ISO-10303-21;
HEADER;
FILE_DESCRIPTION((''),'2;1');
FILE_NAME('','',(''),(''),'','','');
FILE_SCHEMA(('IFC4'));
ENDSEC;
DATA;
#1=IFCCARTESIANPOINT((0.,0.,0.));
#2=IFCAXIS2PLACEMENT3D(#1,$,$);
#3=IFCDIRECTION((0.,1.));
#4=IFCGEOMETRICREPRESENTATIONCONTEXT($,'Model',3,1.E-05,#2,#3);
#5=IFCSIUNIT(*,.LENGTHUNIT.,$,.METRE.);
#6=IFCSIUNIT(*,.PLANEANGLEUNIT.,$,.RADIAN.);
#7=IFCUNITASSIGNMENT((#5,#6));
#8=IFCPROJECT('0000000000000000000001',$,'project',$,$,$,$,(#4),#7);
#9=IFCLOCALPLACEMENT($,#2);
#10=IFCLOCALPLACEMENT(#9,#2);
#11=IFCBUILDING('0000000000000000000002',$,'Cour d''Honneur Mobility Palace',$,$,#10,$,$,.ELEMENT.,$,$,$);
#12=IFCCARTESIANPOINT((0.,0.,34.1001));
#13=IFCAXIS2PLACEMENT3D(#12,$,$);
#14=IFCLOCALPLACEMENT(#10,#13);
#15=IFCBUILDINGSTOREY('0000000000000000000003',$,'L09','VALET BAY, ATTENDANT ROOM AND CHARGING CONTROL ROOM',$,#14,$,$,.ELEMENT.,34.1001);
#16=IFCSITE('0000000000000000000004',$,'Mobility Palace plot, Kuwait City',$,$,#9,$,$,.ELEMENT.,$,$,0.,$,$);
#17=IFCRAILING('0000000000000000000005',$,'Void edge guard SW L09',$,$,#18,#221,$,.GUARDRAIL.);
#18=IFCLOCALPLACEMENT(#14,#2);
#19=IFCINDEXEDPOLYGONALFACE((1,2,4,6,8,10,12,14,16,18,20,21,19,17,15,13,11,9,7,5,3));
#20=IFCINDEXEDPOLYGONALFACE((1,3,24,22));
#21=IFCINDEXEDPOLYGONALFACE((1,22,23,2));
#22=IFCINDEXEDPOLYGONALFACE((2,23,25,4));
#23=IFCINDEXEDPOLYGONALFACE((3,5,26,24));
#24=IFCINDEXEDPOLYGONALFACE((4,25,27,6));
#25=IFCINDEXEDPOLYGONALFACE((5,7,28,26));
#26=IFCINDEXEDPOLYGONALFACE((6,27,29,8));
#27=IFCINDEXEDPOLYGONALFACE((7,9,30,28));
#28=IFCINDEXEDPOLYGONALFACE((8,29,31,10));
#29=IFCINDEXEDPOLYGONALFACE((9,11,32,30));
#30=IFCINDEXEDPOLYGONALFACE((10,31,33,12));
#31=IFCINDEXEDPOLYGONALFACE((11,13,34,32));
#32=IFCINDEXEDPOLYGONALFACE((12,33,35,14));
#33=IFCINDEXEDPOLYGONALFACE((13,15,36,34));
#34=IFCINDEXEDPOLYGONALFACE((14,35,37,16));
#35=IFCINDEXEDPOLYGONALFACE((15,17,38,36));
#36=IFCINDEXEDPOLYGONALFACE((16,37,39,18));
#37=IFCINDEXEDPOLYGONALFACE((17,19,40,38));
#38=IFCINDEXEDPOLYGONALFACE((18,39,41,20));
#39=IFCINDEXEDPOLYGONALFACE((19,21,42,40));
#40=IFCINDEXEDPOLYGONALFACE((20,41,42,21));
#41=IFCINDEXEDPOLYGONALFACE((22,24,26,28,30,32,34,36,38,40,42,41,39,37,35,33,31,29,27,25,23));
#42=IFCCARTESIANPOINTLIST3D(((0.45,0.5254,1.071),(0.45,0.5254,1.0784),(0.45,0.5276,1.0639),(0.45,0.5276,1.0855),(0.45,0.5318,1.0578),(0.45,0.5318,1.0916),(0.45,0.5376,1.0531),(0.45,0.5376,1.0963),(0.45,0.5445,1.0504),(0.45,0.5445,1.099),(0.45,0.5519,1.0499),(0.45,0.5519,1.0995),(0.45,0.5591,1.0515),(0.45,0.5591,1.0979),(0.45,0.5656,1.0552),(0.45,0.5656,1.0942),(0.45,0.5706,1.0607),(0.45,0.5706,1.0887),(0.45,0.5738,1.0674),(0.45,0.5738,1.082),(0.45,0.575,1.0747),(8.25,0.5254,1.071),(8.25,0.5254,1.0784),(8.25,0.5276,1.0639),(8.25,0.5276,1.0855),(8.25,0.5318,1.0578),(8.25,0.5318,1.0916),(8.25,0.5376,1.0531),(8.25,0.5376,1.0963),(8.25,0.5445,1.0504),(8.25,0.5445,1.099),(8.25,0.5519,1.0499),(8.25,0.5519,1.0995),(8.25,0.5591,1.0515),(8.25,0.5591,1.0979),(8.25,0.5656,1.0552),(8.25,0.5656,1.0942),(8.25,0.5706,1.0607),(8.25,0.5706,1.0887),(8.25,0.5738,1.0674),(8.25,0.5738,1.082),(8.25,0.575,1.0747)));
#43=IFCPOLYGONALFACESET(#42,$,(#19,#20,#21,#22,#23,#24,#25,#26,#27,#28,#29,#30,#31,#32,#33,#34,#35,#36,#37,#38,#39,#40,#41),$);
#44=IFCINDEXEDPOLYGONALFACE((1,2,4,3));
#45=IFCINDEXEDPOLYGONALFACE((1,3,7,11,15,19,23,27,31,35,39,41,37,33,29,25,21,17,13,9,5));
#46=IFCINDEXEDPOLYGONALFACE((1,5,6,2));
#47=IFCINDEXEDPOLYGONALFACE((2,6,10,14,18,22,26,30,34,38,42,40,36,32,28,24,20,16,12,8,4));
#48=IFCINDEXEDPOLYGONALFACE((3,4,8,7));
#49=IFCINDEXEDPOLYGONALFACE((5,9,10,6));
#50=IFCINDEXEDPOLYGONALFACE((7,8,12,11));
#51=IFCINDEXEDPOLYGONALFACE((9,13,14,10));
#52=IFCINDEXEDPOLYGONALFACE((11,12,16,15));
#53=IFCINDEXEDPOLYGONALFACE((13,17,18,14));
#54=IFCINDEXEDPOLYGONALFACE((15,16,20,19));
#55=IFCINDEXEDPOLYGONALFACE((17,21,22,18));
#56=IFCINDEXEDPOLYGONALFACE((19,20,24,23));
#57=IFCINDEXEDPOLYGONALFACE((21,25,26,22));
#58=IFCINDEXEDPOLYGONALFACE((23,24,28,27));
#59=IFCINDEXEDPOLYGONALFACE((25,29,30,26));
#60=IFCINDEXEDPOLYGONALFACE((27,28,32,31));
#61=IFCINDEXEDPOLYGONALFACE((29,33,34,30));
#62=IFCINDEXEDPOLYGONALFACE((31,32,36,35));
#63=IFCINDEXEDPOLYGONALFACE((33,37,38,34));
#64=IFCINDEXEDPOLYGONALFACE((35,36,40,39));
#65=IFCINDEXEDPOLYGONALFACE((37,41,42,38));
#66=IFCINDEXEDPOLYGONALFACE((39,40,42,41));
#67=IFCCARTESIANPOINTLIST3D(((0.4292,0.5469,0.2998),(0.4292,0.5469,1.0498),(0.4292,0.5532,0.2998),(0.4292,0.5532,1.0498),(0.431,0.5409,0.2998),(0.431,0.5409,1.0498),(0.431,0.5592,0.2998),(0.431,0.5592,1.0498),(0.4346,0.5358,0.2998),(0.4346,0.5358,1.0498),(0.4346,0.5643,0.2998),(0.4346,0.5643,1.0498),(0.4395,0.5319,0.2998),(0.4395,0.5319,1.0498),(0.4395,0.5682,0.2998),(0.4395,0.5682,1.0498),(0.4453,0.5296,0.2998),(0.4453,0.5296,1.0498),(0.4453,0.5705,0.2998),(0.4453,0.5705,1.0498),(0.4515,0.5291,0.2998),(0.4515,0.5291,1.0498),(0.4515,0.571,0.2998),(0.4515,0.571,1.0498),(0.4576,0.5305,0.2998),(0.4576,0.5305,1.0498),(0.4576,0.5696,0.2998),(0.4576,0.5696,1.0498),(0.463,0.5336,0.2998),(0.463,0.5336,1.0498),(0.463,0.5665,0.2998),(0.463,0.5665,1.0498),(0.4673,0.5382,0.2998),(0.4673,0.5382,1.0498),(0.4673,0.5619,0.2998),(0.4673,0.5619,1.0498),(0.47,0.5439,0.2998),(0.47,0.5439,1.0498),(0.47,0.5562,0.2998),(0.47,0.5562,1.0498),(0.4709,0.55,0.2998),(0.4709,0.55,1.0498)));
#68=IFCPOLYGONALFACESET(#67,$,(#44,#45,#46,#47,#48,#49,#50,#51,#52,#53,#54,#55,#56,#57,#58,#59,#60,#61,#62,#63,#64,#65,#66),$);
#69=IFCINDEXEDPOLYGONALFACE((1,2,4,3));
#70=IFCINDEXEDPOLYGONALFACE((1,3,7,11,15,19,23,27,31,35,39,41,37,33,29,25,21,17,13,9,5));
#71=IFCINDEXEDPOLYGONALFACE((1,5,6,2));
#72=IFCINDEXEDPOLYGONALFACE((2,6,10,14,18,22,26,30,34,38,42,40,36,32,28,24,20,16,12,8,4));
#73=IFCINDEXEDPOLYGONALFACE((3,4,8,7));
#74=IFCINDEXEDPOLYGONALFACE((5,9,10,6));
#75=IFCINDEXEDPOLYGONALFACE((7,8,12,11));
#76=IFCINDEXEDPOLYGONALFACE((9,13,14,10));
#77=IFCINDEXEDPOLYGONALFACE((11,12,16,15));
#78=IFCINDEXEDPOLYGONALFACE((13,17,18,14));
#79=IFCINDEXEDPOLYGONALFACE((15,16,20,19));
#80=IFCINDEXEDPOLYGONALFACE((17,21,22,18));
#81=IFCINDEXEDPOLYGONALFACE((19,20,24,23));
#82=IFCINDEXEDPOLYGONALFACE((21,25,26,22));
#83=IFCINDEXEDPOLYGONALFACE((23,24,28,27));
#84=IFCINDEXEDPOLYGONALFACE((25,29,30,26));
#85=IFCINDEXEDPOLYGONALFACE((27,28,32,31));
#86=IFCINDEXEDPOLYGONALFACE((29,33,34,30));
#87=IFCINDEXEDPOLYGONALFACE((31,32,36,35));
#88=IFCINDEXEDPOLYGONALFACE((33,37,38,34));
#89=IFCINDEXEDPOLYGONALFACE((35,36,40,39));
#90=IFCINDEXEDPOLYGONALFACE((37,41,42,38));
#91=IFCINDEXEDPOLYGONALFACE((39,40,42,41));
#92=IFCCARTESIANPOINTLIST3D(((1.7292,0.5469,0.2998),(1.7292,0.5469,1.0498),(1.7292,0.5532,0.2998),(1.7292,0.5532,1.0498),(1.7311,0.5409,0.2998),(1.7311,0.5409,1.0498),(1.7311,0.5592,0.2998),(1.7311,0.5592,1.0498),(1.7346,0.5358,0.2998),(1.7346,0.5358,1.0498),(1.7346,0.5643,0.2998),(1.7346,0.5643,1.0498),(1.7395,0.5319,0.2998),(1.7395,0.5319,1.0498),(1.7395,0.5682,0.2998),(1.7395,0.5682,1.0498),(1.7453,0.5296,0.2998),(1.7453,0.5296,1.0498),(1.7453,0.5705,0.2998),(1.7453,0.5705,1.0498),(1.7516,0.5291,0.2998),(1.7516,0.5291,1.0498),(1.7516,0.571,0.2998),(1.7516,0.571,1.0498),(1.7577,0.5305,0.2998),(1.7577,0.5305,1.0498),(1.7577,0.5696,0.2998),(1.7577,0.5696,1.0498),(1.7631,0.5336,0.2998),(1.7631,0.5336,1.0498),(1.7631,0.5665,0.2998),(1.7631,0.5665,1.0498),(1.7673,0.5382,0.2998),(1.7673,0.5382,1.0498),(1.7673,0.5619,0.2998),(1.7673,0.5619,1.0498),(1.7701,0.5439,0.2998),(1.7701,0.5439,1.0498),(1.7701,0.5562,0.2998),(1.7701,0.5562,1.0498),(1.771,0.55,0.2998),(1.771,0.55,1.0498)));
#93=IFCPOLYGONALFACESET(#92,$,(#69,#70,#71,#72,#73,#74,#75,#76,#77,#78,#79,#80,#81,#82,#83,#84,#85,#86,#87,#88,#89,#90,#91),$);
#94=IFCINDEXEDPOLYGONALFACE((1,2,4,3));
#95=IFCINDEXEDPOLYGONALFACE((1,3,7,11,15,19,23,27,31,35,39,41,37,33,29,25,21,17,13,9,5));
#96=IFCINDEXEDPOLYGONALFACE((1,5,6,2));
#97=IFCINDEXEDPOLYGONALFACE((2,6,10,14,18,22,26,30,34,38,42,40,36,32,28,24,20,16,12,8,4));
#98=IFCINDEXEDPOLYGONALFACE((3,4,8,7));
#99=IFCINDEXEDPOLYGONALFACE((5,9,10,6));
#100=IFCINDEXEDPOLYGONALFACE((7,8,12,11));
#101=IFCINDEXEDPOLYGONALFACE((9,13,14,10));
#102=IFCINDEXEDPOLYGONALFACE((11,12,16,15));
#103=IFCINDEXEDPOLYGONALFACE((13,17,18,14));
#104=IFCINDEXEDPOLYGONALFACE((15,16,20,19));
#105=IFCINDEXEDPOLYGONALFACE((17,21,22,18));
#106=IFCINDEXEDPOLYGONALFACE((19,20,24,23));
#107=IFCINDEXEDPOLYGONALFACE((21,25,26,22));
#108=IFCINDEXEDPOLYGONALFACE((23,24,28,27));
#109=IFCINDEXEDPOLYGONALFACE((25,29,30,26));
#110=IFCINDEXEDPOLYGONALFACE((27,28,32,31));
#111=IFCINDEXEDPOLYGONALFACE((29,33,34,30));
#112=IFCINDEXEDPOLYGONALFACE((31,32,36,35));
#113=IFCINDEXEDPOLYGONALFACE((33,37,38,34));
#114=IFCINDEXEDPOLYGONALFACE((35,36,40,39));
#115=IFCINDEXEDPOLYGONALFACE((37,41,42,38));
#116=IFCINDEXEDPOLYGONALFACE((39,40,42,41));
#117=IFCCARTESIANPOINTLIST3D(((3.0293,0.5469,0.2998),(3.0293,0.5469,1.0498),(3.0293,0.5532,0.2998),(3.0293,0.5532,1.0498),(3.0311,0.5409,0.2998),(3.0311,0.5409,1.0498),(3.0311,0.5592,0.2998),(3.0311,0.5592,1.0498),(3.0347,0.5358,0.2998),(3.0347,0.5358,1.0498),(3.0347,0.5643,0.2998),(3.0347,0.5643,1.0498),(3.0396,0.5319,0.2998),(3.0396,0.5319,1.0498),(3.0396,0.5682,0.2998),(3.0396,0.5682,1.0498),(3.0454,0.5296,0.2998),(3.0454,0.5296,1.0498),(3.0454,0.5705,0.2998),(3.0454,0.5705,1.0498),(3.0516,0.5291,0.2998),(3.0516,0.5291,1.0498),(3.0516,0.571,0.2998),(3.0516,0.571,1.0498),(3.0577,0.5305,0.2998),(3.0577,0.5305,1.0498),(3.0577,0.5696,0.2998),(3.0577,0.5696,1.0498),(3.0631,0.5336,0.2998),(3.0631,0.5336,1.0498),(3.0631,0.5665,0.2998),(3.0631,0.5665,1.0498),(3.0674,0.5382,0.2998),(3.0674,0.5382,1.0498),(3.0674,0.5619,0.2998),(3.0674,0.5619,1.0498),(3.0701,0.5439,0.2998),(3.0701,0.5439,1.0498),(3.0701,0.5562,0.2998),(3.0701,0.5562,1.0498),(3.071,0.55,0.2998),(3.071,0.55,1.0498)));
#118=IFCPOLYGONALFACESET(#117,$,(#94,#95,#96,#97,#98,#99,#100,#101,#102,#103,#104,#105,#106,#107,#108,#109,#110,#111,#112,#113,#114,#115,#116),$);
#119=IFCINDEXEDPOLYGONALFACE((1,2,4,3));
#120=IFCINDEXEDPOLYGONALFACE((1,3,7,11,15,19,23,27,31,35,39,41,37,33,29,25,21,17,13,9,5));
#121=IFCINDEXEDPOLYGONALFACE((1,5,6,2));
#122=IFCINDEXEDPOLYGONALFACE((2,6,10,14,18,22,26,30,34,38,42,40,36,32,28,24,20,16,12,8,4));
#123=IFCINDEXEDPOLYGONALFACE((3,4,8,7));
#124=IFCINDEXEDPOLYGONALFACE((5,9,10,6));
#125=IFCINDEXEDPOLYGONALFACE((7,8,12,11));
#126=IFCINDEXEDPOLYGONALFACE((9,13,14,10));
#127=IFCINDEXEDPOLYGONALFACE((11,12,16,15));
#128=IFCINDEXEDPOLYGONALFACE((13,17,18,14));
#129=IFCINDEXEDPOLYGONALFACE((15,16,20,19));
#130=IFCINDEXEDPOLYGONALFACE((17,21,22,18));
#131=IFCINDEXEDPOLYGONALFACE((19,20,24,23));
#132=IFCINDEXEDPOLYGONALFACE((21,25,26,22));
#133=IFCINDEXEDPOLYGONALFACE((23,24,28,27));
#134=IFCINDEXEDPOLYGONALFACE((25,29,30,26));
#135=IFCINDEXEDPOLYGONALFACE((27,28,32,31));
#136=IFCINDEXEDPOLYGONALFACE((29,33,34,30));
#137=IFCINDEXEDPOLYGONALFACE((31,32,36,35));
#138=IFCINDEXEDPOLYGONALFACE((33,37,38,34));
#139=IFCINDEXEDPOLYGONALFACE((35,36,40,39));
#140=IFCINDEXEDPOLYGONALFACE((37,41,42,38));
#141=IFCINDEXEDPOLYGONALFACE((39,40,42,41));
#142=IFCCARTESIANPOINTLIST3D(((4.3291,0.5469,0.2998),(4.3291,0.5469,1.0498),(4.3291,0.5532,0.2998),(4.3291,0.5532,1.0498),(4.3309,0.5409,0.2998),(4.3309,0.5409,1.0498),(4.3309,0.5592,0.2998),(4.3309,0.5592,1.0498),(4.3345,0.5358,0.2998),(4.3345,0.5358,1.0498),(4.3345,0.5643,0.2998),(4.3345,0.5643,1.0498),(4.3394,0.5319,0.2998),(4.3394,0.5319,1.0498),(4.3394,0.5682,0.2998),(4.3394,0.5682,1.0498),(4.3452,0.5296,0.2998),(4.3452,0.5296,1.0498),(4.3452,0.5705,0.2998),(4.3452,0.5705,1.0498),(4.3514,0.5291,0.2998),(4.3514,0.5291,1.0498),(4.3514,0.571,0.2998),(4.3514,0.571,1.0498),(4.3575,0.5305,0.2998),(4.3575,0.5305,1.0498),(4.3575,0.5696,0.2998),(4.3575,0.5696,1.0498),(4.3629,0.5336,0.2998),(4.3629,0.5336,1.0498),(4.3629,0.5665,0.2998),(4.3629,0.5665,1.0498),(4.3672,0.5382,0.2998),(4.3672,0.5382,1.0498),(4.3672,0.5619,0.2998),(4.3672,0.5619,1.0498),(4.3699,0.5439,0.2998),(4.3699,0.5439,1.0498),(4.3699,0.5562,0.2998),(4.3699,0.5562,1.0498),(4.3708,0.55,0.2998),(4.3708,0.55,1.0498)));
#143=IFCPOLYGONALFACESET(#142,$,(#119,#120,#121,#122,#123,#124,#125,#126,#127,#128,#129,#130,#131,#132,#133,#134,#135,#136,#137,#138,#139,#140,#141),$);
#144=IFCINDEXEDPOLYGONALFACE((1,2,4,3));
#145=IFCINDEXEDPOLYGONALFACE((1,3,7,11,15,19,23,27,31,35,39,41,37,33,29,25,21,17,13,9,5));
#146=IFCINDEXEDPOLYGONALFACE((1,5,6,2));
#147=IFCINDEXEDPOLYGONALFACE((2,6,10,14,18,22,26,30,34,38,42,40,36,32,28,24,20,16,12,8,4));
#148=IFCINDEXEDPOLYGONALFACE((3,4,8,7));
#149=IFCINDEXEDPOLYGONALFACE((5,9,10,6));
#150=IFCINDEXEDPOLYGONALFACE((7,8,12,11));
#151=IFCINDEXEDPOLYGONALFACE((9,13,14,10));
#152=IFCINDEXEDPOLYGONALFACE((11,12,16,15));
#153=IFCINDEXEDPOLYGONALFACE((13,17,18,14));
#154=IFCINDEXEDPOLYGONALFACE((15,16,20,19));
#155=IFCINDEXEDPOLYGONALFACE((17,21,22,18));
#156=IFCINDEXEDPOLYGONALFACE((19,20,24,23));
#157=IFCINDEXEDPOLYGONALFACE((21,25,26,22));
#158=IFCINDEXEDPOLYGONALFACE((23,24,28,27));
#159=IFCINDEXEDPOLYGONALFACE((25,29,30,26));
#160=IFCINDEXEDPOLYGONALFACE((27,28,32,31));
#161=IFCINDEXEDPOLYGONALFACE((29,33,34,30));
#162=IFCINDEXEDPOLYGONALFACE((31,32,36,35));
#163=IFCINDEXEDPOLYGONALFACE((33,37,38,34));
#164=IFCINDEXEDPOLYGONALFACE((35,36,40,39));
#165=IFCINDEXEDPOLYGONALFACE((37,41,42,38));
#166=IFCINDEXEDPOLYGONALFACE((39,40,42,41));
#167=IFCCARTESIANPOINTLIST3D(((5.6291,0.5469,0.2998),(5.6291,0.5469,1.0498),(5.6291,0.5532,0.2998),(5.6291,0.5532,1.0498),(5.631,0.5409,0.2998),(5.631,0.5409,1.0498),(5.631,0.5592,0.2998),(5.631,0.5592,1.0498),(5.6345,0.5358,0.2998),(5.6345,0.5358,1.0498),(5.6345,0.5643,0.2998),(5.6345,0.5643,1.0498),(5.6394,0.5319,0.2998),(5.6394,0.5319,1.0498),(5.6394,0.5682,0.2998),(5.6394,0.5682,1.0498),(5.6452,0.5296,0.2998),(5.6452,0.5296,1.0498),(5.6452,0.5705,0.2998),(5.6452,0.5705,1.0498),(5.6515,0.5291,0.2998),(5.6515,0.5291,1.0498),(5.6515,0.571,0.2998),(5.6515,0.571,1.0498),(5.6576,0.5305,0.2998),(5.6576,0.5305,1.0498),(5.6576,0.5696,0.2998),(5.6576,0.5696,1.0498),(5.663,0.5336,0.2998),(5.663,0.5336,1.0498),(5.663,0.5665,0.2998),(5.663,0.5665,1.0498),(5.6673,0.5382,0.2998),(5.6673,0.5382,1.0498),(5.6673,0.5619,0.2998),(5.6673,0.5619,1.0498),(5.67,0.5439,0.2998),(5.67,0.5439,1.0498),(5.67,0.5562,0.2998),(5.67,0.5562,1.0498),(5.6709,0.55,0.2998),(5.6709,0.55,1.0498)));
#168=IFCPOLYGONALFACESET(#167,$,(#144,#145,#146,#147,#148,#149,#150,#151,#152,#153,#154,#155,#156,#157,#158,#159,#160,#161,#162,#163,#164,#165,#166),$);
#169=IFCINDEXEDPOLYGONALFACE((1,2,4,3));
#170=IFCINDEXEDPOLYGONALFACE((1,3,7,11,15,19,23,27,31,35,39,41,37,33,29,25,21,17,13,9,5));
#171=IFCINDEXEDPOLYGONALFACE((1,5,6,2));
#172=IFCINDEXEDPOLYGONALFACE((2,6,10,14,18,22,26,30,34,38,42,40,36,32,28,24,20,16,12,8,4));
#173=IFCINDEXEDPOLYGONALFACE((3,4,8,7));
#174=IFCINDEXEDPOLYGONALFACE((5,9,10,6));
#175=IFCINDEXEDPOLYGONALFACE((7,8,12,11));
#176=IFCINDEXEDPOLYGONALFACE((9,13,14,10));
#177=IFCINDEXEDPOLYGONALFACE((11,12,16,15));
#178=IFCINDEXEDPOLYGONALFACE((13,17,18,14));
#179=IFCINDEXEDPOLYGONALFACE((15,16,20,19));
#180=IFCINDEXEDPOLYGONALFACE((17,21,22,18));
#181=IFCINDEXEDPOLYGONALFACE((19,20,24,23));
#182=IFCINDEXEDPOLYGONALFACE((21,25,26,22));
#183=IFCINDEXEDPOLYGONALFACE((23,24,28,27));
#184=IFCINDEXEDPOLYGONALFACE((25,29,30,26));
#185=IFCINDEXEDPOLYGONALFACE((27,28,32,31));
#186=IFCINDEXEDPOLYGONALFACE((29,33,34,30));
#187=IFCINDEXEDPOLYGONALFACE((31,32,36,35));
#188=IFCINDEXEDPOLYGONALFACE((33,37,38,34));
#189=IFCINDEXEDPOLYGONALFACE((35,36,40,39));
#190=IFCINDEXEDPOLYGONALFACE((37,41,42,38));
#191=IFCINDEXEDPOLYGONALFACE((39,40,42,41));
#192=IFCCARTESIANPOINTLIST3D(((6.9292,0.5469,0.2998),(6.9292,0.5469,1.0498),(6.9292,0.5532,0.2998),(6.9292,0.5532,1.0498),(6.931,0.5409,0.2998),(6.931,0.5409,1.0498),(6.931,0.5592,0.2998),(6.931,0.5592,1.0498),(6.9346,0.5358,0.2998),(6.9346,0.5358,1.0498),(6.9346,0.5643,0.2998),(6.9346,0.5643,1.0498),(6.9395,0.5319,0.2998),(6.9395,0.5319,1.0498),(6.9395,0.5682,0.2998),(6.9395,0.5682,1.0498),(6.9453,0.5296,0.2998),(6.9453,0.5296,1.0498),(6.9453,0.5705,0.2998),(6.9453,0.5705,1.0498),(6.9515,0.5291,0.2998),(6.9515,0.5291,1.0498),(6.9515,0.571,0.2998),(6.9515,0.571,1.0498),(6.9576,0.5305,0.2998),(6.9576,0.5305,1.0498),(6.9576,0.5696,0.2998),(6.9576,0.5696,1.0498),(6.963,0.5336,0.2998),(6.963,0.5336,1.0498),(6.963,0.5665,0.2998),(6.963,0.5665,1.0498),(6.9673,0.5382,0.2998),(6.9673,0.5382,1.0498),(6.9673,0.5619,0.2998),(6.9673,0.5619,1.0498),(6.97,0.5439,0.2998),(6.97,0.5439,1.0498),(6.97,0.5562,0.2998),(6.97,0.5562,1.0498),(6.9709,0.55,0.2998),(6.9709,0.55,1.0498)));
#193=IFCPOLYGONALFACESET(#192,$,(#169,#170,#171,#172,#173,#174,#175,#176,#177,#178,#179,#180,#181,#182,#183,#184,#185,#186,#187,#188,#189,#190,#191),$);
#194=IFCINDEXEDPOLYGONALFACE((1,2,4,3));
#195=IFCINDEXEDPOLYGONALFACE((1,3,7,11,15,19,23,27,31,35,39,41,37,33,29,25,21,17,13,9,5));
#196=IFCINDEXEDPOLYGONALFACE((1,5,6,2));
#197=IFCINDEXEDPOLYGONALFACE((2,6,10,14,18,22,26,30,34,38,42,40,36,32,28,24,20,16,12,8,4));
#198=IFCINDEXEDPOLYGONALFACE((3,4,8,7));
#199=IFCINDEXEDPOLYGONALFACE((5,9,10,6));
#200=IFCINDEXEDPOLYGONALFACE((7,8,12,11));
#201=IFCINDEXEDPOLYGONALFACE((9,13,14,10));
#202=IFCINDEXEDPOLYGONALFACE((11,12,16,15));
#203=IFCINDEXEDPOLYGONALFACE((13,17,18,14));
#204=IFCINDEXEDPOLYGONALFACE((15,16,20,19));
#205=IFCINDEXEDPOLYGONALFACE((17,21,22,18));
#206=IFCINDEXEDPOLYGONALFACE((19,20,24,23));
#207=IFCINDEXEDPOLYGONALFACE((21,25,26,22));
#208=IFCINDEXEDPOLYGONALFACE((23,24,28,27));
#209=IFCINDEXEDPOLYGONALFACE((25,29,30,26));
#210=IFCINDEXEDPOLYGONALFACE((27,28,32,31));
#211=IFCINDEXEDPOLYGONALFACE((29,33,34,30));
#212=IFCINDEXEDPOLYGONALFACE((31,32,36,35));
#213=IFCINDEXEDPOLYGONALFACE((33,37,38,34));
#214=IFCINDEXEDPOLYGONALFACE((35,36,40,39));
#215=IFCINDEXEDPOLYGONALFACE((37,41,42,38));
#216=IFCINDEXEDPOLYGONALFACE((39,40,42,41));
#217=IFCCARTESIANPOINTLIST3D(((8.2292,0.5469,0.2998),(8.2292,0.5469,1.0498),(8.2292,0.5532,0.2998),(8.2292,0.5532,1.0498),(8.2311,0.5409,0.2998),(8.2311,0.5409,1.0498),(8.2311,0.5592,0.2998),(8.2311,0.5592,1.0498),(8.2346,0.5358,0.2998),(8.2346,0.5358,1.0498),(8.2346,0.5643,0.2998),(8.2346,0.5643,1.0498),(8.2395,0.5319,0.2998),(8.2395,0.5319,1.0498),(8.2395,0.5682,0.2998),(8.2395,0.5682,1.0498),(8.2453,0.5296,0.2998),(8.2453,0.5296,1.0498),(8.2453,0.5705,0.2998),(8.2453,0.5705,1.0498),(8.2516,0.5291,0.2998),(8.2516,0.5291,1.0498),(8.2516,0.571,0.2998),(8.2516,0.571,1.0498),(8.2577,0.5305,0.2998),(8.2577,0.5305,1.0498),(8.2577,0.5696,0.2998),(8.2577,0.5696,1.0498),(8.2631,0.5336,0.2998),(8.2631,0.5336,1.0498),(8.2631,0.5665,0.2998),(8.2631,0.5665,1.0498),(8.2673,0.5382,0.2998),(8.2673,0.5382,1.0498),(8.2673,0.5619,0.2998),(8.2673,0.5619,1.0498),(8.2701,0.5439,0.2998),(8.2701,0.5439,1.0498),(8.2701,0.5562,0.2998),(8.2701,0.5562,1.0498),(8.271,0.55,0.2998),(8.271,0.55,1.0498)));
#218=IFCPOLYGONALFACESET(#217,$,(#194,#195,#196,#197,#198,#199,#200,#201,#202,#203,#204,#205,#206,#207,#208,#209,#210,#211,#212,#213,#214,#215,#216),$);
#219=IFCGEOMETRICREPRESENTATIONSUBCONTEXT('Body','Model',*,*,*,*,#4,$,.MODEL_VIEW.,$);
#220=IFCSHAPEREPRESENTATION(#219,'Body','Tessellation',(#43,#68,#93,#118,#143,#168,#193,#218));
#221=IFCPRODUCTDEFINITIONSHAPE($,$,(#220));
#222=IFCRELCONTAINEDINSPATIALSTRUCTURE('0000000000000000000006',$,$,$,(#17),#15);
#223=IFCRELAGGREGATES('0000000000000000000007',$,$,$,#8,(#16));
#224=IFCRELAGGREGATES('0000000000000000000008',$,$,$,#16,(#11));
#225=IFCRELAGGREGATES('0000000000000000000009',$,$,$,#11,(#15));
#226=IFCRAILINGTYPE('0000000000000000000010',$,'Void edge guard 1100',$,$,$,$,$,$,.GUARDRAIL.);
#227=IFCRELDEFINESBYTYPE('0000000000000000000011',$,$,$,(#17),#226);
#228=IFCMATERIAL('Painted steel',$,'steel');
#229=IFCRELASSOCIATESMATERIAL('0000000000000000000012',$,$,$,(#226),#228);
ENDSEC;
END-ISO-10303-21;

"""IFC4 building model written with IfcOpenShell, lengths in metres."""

from ifc_helpers import new_model, si_unit, direction, frame, origin, origin_2d, place, context, subcontext, project, spatial, circle, extrude, material, type_object, element, save


model = new_model("IFC4")

# Units and contexts
model_context = context("Model", 3, precision=1e-05, world=origin(), true_north=direction((0.0, 1.0)))
body_context = subcontext(model_context, "Body", "Model", "MODEL_VIEW")
ifc_project = project(units=[si_unit("LENGTHUNIT", "METRE"), si_unit("PLANEANGLEUNIT", "RADIAN")], contexts=[model_context])

# Site, building, storey
site_placement = place(None, origin())
site = spatial("IfcSite", under=ifc_project, at=site_placement, Name="Mobility Palace plot, Kuwait City", CompositionType="ELEMENT", RefElevation=0.0)
building_placement = place(site_placement, origin())
building = spatial("IfcBuilding", under=site, at=building_placement, Name="Cour d'Honneur Mobility Palace", CompositionType="ELEMENT")
storey_placement = place(building_placement, frame((0.0, 0.0, 34.1001)))
storey = spatial("IfcBuildingStorey", under=building, at=storey_placement, Name="L09", Description="VALET BAY, ATTENDANT ROOM AND CHARGING CONTROL ROOM", CompositionType="ELEMENT", Elevation=34.1001)

# Railing
ifc_material_1 = material(Name="Painted steel", Category="steel")
railing_type_1 = type_object("IfcRailingType", Name="Void edge guard 1100", PredefinedType="GUARDRAIL", material=ifc_material_1)
railing_1_placement = place(storey_placement, frame((0.45, 0.55, 0.2998)))
element("IfcRailing", 1, at=railing_1_placement, inside=storey, type_object=railing_type_1, Name="Void edge guard SW L09", PredefinedType="GUARDRAIL", context=body_context, shape_type="SweptSolid", body=[
    extrude(circle(Radius=0.0249, at=origin_2d()), frame((0.0, 0.0, 0.7749), z_axis=(1.0, 0.0, 0.0), x_axis=(0.0, 1.0, 0.0)), (0.0, 0.0, 1.0), 7.8),
    extrude(circle(Radius=0.021, at=origin_2d()), origin(), (0.0, 0.0, 1.0), 0.75),
    extrude(circle(Radius=0.021, at=origin_2d()), frame((1.3, 0.0, 0.0)), (0.0, 0.0, 1.0), 0.75),
    extrude(circle(Radius=0.021, at=origin_2d()), frame((2.6001, 0.0, 0.0)), (0.0, 0.0, 1.0), 0.75),
    extrude(circle(Radius=0.021, at=origin_2d()), frame((3.8999, 0.0, 0.0)), (0.0, 0.0, 1.0), 0.75),
    extrude(circle(Radius=0.021, at=origin_2d()), frame((5.2, 0.0, 0.0)), (0.0, 0.0, 1.0), 0.75),
    extrude(circle(Radius=0.021, at=origin_2d()), frame((6.5, 0.0, 0.0)), (0.0, 0.0, 1.0), 0.75),
    extrude(circle(Radius=0.021, at=origin_2d()), frame((7.8, 0.0, 0.0)), (0.0, 0.0, 1.0), 0.75),
])

save(model, "model.ifc")
